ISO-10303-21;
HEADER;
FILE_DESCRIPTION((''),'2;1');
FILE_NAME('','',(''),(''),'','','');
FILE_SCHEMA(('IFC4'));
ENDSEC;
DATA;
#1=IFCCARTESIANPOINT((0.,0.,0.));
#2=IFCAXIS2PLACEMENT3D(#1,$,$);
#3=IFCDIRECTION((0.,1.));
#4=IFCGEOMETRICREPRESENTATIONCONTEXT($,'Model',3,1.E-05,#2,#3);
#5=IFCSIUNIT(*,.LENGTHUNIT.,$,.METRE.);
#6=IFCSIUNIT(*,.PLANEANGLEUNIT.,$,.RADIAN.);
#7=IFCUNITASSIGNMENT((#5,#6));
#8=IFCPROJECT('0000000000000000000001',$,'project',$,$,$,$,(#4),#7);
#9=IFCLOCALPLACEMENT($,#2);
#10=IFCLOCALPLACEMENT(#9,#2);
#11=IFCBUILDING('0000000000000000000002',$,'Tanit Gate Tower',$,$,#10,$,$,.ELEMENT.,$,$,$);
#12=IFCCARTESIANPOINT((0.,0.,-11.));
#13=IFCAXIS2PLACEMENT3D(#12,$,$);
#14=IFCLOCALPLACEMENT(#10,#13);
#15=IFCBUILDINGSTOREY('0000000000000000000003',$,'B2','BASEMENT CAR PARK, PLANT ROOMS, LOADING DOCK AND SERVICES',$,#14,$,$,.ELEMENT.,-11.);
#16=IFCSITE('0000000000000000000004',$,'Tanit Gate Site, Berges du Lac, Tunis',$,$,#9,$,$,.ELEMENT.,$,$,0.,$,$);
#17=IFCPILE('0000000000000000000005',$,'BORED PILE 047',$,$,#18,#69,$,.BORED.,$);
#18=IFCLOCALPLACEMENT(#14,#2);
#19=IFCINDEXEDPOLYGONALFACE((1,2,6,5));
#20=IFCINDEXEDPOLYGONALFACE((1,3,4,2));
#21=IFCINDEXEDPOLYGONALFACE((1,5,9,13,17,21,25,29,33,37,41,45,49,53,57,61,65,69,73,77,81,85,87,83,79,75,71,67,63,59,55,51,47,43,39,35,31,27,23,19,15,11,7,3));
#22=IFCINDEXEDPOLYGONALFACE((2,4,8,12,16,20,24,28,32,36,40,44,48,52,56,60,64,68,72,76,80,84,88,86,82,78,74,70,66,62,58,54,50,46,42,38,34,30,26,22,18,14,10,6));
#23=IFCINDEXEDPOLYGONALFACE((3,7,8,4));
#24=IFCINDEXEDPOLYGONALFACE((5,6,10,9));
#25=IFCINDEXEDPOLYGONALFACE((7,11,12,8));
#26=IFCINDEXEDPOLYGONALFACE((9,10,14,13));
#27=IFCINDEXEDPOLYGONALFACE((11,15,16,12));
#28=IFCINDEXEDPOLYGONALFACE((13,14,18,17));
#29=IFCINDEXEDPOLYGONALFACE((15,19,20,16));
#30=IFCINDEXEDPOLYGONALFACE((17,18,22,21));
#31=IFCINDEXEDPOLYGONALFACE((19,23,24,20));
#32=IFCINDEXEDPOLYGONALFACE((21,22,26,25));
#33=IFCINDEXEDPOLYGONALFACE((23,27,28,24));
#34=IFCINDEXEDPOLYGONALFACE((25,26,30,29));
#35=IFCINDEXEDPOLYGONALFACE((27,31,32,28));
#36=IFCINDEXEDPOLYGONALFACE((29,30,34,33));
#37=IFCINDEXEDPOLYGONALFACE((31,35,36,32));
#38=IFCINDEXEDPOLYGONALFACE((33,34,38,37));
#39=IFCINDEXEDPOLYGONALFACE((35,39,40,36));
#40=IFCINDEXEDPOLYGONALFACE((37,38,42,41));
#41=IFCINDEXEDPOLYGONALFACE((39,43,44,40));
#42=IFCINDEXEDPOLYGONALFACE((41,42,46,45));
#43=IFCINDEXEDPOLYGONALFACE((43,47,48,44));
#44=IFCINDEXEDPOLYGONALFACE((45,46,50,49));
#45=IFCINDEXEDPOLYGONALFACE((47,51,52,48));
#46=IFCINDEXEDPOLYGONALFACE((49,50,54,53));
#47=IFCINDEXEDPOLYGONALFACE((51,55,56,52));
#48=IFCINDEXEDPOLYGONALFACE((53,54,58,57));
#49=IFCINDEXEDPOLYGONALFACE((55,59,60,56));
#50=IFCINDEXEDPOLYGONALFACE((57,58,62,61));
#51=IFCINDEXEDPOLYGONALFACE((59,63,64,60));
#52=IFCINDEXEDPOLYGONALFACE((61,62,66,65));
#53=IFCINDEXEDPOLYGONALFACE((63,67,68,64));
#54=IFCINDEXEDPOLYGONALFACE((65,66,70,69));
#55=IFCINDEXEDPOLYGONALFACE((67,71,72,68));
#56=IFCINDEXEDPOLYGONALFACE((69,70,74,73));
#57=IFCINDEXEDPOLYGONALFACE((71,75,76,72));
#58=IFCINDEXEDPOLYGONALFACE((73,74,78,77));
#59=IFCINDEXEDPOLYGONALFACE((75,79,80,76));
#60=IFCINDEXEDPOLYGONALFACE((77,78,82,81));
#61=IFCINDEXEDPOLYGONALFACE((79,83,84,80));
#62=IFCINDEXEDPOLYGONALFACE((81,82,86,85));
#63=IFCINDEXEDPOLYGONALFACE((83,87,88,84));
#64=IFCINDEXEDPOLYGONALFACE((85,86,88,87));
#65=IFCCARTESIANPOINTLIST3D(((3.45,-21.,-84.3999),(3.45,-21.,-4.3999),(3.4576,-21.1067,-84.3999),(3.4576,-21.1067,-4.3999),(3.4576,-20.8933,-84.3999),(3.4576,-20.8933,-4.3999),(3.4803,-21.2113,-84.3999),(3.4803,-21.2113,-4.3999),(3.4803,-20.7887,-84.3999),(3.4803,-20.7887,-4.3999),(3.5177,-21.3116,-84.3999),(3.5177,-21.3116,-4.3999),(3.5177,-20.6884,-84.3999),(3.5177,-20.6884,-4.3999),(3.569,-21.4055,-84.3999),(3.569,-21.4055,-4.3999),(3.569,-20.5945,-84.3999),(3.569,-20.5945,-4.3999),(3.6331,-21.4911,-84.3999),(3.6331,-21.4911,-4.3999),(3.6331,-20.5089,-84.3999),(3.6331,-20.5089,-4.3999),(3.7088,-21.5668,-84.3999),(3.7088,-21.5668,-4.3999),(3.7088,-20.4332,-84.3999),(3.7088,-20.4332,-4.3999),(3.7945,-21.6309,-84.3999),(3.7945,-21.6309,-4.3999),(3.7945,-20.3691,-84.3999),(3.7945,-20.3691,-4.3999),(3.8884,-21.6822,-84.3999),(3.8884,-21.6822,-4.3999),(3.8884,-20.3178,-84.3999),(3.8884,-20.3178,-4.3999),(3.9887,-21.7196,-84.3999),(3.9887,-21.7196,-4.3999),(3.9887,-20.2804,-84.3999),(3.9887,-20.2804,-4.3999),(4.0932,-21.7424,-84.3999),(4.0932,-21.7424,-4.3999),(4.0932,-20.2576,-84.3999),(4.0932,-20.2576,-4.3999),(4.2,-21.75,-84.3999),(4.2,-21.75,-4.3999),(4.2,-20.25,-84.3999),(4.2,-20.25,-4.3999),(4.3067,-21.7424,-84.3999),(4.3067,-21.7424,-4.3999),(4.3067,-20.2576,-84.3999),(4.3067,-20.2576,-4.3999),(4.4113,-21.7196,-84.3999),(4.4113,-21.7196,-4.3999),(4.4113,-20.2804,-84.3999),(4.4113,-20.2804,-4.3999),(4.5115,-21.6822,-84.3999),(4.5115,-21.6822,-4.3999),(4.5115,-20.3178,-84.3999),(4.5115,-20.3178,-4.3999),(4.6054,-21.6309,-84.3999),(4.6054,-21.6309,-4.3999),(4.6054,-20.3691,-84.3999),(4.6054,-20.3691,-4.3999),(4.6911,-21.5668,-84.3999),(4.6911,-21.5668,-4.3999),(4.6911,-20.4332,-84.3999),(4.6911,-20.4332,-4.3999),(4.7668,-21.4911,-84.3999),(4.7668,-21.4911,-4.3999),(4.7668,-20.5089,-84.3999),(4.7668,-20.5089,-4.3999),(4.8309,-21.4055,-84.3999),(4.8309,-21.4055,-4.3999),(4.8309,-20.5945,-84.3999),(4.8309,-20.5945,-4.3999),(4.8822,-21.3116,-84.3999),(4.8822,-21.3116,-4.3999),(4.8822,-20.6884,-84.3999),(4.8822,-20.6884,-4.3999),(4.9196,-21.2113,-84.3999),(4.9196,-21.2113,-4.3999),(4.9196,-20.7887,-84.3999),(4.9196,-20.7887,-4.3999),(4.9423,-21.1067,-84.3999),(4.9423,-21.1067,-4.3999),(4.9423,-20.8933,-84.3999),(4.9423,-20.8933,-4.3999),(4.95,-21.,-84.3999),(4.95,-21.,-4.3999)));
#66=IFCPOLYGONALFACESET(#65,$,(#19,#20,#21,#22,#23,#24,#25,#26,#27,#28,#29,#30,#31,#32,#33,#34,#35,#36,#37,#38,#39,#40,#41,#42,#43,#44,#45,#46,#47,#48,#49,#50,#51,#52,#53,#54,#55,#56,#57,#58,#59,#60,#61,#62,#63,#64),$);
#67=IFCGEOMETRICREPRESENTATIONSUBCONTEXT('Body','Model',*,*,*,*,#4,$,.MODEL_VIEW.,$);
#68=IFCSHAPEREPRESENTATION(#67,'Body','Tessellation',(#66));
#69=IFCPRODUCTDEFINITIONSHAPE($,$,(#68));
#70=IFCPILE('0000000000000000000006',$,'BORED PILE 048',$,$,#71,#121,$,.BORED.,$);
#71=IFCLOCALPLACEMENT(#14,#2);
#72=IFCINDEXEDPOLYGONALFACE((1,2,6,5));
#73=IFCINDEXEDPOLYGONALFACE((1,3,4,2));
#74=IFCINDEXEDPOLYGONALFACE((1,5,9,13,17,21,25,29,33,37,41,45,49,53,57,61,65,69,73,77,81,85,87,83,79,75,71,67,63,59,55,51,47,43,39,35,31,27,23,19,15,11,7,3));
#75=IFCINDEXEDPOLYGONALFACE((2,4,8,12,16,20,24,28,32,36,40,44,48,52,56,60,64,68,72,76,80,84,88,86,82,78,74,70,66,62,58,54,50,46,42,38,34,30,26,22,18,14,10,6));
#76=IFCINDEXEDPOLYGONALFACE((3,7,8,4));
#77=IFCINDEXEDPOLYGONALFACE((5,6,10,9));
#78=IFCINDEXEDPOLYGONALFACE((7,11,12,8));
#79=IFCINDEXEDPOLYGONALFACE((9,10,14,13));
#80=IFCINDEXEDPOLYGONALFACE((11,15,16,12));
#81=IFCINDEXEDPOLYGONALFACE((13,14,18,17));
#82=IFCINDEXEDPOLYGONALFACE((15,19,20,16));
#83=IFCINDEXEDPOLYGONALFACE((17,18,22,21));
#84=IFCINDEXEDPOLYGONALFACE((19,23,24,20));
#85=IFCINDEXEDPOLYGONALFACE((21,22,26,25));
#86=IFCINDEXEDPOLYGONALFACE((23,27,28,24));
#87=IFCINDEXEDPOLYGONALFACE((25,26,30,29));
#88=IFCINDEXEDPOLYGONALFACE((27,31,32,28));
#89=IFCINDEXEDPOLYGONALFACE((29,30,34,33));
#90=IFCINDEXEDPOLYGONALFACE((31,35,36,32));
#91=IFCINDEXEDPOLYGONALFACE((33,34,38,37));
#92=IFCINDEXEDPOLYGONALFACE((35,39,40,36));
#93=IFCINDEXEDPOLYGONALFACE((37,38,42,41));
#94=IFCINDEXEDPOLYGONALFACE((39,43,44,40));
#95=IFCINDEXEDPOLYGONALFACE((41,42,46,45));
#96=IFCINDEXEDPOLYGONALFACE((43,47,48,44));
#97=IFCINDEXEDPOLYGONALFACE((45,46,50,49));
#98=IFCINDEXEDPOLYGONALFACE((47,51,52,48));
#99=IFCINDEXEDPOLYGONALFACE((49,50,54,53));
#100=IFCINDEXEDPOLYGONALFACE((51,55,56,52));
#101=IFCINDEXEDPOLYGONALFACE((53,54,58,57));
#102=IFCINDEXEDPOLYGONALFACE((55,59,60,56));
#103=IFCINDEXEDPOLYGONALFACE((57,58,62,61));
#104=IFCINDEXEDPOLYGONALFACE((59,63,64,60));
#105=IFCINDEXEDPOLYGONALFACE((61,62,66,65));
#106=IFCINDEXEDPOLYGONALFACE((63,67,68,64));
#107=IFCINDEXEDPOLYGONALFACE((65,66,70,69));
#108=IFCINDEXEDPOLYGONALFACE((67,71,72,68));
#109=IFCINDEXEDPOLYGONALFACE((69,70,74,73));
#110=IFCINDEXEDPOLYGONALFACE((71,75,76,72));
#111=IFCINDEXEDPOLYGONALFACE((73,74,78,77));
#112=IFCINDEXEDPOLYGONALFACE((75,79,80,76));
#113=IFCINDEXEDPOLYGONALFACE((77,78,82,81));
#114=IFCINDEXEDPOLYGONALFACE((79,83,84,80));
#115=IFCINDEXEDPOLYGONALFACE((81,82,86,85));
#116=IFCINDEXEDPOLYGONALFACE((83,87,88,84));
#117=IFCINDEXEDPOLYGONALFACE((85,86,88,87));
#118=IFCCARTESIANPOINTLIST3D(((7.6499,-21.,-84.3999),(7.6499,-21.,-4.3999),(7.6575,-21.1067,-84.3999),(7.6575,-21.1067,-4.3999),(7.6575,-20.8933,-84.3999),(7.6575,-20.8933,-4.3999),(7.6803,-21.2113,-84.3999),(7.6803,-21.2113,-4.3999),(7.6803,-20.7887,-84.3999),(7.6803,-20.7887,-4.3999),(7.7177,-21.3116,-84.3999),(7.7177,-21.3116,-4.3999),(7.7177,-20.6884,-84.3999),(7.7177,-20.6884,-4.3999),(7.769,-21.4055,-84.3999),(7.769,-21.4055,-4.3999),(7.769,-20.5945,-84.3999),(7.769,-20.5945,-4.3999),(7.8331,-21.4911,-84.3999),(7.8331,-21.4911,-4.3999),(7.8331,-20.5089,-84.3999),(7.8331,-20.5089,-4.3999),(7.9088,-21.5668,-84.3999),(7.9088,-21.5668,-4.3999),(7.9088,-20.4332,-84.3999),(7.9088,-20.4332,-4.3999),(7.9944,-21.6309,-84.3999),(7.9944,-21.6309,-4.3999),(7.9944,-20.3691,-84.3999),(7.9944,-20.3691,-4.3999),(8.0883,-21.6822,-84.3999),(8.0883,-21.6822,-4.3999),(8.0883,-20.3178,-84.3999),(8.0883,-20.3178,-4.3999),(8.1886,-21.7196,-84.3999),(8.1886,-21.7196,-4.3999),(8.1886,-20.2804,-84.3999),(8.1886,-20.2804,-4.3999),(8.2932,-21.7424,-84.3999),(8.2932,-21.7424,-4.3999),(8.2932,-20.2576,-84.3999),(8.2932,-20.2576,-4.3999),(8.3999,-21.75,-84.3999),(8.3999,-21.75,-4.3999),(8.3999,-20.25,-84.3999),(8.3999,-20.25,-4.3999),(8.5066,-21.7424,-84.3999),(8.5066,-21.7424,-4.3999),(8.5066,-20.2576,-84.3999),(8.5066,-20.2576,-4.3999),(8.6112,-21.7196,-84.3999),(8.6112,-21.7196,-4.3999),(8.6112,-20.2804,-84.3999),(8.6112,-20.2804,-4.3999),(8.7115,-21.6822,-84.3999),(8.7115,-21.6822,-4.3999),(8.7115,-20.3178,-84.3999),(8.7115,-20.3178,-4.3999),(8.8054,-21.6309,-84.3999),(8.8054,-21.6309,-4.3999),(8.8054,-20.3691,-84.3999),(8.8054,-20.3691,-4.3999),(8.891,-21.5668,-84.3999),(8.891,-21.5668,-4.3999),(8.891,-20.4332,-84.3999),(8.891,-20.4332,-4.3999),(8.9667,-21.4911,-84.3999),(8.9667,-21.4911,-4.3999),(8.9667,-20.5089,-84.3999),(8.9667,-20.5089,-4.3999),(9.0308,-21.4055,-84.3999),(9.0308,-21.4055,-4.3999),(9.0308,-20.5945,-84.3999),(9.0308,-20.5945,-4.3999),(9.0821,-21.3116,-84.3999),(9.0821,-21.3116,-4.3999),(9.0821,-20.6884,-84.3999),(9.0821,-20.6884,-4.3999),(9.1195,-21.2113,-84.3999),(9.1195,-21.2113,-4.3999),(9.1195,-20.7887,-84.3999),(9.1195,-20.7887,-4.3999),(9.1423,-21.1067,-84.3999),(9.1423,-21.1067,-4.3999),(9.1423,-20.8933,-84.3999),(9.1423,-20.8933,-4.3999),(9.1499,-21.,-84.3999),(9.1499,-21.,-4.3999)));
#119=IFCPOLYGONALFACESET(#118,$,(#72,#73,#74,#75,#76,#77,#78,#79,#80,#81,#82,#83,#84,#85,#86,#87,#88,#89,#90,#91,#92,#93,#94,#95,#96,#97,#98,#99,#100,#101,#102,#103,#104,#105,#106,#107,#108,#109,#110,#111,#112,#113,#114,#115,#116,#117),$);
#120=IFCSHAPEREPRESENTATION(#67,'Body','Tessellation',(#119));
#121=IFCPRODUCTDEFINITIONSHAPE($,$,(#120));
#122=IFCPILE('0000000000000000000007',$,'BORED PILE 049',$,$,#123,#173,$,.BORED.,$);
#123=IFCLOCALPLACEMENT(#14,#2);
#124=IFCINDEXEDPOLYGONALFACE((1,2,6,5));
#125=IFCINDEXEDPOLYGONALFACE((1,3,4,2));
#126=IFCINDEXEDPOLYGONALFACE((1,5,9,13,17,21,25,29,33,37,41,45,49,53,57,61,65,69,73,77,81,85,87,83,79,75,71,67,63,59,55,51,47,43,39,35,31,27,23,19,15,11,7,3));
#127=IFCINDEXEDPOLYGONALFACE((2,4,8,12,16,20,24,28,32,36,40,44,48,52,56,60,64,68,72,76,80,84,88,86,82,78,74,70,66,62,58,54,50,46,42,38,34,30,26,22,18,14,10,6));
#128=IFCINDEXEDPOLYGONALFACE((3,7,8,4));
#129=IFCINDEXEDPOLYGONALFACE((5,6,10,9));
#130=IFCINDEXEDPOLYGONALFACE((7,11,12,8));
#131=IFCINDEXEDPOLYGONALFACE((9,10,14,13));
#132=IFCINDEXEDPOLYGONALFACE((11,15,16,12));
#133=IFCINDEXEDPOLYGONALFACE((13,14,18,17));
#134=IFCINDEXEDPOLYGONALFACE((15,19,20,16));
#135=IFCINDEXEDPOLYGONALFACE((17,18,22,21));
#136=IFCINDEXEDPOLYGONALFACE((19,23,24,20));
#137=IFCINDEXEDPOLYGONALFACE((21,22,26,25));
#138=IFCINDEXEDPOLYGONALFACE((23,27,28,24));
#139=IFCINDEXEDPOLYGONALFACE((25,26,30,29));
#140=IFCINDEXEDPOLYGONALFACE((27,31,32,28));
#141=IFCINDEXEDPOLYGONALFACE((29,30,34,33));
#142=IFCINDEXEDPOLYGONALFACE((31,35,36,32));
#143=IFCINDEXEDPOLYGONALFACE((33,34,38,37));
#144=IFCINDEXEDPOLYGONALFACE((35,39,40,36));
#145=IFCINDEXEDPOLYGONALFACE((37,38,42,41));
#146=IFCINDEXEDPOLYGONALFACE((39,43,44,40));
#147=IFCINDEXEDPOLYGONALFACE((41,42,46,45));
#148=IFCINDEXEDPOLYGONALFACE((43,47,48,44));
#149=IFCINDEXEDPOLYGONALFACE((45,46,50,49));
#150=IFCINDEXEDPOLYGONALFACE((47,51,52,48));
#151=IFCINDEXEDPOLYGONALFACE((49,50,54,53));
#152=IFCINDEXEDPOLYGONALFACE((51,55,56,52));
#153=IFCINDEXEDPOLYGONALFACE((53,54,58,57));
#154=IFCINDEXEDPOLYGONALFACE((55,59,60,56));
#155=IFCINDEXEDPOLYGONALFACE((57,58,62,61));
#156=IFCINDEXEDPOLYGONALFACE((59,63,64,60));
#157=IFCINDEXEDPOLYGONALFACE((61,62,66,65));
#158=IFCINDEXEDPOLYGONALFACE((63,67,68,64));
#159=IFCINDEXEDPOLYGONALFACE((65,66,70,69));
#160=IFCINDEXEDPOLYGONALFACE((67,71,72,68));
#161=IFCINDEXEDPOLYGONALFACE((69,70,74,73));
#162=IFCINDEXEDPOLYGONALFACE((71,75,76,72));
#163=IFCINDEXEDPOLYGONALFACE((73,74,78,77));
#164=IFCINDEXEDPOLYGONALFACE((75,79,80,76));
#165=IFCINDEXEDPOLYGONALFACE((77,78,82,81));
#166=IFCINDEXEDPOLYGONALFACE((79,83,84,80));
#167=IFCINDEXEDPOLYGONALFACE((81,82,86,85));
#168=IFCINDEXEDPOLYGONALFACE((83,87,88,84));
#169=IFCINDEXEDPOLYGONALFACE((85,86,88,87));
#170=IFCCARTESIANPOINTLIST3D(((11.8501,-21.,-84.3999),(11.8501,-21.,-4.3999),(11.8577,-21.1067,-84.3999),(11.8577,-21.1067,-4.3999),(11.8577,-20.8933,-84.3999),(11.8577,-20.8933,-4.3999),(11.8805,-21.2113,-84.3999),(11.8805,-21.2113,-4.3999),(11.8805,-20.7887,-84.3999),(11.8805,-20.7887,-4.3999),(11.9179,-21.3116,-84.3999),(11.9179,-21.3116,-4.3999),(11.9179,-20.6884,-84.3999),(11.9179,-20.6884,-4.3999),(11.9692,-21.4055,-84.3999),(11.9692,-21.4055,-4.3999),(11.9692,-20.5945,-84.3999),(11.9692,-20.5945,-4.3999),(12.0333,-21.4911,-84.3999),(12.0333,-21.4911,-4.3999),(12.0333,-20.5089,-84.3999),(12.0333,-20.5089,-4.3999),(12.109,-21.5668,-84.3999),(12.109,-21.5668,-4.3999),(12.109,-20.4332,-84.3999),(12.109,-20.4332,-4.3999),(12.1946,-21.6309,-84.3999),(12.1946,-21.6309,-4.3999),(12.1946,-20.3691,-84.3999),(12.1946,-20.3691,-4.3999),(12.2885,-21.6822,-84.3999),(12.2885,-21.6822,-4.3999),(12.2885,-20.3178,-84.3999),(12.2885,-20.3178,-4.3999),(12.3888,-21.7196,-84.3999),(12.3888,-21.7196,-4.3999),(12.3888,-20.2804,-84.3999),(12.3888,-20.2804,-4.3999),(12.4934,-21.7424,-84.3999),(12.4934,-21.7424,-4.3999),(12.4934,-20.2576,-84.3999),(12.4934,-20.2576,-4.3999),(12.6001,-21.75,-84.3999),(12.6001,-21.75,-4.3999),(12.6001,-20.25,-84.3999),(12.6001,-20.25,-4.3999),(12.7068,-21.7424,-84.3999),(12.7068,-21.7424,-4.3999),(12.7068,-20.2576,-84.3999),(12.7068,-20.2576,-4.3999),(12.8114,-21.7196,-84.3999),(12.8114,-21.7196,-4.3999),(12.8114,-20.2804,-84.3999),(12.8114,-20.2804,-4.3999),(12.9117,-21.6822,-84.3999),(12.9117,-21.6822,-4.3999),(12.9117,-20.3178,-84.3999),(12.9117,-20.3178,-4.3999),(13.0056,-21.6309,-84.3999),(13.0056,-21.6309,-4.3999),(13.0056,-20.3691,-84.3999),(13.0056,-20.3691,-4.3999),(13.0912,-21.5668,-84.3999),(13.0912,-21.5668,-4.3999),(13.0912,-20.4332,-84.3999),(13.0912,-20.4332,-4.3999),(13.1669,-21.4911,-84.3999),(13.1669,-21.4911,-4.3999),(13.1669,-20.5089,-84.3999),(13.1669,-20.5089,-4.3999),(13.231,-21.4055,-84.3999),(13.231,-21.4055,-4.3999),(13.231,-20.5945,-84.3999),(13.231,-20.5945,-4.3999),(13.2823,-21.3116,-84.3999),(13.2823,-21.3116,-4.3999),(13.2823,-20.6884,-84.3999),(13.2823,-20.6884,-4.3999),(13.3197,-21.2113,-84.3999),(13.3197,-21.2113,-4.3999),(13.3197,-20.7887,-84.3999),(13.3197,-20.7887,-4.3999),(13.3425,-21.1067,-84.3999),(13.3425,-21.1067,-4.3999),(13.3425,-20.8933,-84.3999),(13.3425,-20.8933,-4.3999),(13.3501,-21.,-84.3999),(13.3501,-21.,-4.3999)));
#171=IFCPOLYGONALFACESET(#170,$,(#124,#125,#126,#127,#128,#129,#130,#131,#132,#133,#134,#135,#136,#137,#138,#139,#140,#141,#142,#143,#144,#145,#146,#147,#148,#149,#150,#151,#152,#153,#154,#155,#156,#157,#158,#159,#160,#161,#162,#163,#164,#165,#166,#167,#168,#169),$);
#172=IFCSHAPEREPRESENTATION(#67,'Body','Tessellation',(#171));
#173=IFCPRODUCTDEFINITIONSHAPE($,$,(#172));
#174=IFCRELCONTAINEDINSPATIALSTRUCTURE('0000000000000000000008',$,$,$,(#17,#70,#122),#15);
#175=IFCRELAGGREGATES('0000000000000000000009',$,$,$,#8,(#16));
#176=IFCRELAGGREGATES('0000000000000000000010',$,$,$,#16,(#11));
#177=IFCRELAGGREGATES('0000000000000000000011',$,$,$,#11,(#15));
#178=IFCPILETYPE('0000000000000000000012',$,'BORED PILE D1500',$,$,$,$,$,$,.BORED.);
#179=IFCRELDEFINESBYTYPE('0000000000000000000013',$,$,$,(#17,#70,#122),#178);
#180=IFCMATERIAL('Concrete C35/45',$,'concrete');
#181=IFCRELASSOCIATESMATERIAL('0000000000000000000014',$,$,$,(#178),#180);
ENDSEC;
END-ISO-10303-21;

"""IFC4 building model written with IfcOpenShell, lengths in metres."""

from ifc_helpers import new_model, si_unit, direction, frame, origin, origin_2d, place, context, subcontext, project, spatial, circle, extrude, material, material_profile, profile_set, type_object, element, save


model = new_model("IFC4")

# Units and contexts
model_context = context("Model", 3, precision=1e-05, world=origin(), true_north=direction((0.0, 1.0)))
body_context = subcontext(model_context, "Body", "Model", "MODEL_VIEW")
ifc_project = project(units=[si_unit("LENGTHUNIT", "METRE"), si_unit("PLANEANGLEUNIT", "RADIAN")], contexts=[model_context])

# Site, building, storey
site_placement = place(None, origin())
site = spatial("IfcSite", under=ifc_project, at=site_placement, Name="Tanit Gate Site, Berges du Lac, Tunis", CompositionType="ELEMENT", RefElevation=0.0)
building_placement = place(site_placement, origin())
building = spatial("IfcBuilding", under=site, at=building_placement, Name="Tanit Gate Tower", CompositionType="ELEMENT")
storey_placement = place(building_placement, frame((0.0, 0.0, -11.0)))
storey = spatial("IfcBuildingStorey", under=building, at=storey_placement, Name="B2", Description="BASEMENT CAR PARK, PLANT ROOMS, LOADING DOCK AND SERVICES", CompositionType="ELEMENT", Elevation=-11.0)

# Piles
ifc_material_1 = material(Name="Concrete C35/45", Category="concrete")
ifc_material_profile = material_profile(ifc_material_1, circle(Radius=0.75, at=origin_2d()), Name="BORED PILE D1500 C35/45")
ifc_profile_set = profile_set([ifc_material_profile], Name="Concrete C35/45")
pile_type = type_object("IfcPileType", Name="BORED PILE D1500", PredefinedType="BORED", material=ifc_profile_set)
for number, where, z_axis, x_axis, name in (
    (1, (4.2, -21.0, -4.3999), (0.0, 0.0, -1.0), (1.0, 0.0, 0.0), "BORED PILE 047"),
    (2, (8.3999, -21.0, -4.3999), (0.0, 0.0, -1.0), (1.0, 0.0, 0.0), "BORED PILE 048"),
    (3, (12.6001, -21.0, -4.3999), (0.0, 0.0, -1.0), (1.0, 0.0, 0.0), "BORED PILE 049"),
):
    element("IfcPile", number, at=place(storey_placement, frame(where, z_axis=z_axis, x_axis=x_axis)), inside=storey, type_object=pile_type, Name=name, PredefinedType="BORED", context=body_context, shape_type="SweptSolid", body=[
        extrude(circle(Radius=0.75, at=origin_2d()), origin(), (0.0, 0.0, 1.0), 80.0),
    ])

save(model, "model.ifc")
